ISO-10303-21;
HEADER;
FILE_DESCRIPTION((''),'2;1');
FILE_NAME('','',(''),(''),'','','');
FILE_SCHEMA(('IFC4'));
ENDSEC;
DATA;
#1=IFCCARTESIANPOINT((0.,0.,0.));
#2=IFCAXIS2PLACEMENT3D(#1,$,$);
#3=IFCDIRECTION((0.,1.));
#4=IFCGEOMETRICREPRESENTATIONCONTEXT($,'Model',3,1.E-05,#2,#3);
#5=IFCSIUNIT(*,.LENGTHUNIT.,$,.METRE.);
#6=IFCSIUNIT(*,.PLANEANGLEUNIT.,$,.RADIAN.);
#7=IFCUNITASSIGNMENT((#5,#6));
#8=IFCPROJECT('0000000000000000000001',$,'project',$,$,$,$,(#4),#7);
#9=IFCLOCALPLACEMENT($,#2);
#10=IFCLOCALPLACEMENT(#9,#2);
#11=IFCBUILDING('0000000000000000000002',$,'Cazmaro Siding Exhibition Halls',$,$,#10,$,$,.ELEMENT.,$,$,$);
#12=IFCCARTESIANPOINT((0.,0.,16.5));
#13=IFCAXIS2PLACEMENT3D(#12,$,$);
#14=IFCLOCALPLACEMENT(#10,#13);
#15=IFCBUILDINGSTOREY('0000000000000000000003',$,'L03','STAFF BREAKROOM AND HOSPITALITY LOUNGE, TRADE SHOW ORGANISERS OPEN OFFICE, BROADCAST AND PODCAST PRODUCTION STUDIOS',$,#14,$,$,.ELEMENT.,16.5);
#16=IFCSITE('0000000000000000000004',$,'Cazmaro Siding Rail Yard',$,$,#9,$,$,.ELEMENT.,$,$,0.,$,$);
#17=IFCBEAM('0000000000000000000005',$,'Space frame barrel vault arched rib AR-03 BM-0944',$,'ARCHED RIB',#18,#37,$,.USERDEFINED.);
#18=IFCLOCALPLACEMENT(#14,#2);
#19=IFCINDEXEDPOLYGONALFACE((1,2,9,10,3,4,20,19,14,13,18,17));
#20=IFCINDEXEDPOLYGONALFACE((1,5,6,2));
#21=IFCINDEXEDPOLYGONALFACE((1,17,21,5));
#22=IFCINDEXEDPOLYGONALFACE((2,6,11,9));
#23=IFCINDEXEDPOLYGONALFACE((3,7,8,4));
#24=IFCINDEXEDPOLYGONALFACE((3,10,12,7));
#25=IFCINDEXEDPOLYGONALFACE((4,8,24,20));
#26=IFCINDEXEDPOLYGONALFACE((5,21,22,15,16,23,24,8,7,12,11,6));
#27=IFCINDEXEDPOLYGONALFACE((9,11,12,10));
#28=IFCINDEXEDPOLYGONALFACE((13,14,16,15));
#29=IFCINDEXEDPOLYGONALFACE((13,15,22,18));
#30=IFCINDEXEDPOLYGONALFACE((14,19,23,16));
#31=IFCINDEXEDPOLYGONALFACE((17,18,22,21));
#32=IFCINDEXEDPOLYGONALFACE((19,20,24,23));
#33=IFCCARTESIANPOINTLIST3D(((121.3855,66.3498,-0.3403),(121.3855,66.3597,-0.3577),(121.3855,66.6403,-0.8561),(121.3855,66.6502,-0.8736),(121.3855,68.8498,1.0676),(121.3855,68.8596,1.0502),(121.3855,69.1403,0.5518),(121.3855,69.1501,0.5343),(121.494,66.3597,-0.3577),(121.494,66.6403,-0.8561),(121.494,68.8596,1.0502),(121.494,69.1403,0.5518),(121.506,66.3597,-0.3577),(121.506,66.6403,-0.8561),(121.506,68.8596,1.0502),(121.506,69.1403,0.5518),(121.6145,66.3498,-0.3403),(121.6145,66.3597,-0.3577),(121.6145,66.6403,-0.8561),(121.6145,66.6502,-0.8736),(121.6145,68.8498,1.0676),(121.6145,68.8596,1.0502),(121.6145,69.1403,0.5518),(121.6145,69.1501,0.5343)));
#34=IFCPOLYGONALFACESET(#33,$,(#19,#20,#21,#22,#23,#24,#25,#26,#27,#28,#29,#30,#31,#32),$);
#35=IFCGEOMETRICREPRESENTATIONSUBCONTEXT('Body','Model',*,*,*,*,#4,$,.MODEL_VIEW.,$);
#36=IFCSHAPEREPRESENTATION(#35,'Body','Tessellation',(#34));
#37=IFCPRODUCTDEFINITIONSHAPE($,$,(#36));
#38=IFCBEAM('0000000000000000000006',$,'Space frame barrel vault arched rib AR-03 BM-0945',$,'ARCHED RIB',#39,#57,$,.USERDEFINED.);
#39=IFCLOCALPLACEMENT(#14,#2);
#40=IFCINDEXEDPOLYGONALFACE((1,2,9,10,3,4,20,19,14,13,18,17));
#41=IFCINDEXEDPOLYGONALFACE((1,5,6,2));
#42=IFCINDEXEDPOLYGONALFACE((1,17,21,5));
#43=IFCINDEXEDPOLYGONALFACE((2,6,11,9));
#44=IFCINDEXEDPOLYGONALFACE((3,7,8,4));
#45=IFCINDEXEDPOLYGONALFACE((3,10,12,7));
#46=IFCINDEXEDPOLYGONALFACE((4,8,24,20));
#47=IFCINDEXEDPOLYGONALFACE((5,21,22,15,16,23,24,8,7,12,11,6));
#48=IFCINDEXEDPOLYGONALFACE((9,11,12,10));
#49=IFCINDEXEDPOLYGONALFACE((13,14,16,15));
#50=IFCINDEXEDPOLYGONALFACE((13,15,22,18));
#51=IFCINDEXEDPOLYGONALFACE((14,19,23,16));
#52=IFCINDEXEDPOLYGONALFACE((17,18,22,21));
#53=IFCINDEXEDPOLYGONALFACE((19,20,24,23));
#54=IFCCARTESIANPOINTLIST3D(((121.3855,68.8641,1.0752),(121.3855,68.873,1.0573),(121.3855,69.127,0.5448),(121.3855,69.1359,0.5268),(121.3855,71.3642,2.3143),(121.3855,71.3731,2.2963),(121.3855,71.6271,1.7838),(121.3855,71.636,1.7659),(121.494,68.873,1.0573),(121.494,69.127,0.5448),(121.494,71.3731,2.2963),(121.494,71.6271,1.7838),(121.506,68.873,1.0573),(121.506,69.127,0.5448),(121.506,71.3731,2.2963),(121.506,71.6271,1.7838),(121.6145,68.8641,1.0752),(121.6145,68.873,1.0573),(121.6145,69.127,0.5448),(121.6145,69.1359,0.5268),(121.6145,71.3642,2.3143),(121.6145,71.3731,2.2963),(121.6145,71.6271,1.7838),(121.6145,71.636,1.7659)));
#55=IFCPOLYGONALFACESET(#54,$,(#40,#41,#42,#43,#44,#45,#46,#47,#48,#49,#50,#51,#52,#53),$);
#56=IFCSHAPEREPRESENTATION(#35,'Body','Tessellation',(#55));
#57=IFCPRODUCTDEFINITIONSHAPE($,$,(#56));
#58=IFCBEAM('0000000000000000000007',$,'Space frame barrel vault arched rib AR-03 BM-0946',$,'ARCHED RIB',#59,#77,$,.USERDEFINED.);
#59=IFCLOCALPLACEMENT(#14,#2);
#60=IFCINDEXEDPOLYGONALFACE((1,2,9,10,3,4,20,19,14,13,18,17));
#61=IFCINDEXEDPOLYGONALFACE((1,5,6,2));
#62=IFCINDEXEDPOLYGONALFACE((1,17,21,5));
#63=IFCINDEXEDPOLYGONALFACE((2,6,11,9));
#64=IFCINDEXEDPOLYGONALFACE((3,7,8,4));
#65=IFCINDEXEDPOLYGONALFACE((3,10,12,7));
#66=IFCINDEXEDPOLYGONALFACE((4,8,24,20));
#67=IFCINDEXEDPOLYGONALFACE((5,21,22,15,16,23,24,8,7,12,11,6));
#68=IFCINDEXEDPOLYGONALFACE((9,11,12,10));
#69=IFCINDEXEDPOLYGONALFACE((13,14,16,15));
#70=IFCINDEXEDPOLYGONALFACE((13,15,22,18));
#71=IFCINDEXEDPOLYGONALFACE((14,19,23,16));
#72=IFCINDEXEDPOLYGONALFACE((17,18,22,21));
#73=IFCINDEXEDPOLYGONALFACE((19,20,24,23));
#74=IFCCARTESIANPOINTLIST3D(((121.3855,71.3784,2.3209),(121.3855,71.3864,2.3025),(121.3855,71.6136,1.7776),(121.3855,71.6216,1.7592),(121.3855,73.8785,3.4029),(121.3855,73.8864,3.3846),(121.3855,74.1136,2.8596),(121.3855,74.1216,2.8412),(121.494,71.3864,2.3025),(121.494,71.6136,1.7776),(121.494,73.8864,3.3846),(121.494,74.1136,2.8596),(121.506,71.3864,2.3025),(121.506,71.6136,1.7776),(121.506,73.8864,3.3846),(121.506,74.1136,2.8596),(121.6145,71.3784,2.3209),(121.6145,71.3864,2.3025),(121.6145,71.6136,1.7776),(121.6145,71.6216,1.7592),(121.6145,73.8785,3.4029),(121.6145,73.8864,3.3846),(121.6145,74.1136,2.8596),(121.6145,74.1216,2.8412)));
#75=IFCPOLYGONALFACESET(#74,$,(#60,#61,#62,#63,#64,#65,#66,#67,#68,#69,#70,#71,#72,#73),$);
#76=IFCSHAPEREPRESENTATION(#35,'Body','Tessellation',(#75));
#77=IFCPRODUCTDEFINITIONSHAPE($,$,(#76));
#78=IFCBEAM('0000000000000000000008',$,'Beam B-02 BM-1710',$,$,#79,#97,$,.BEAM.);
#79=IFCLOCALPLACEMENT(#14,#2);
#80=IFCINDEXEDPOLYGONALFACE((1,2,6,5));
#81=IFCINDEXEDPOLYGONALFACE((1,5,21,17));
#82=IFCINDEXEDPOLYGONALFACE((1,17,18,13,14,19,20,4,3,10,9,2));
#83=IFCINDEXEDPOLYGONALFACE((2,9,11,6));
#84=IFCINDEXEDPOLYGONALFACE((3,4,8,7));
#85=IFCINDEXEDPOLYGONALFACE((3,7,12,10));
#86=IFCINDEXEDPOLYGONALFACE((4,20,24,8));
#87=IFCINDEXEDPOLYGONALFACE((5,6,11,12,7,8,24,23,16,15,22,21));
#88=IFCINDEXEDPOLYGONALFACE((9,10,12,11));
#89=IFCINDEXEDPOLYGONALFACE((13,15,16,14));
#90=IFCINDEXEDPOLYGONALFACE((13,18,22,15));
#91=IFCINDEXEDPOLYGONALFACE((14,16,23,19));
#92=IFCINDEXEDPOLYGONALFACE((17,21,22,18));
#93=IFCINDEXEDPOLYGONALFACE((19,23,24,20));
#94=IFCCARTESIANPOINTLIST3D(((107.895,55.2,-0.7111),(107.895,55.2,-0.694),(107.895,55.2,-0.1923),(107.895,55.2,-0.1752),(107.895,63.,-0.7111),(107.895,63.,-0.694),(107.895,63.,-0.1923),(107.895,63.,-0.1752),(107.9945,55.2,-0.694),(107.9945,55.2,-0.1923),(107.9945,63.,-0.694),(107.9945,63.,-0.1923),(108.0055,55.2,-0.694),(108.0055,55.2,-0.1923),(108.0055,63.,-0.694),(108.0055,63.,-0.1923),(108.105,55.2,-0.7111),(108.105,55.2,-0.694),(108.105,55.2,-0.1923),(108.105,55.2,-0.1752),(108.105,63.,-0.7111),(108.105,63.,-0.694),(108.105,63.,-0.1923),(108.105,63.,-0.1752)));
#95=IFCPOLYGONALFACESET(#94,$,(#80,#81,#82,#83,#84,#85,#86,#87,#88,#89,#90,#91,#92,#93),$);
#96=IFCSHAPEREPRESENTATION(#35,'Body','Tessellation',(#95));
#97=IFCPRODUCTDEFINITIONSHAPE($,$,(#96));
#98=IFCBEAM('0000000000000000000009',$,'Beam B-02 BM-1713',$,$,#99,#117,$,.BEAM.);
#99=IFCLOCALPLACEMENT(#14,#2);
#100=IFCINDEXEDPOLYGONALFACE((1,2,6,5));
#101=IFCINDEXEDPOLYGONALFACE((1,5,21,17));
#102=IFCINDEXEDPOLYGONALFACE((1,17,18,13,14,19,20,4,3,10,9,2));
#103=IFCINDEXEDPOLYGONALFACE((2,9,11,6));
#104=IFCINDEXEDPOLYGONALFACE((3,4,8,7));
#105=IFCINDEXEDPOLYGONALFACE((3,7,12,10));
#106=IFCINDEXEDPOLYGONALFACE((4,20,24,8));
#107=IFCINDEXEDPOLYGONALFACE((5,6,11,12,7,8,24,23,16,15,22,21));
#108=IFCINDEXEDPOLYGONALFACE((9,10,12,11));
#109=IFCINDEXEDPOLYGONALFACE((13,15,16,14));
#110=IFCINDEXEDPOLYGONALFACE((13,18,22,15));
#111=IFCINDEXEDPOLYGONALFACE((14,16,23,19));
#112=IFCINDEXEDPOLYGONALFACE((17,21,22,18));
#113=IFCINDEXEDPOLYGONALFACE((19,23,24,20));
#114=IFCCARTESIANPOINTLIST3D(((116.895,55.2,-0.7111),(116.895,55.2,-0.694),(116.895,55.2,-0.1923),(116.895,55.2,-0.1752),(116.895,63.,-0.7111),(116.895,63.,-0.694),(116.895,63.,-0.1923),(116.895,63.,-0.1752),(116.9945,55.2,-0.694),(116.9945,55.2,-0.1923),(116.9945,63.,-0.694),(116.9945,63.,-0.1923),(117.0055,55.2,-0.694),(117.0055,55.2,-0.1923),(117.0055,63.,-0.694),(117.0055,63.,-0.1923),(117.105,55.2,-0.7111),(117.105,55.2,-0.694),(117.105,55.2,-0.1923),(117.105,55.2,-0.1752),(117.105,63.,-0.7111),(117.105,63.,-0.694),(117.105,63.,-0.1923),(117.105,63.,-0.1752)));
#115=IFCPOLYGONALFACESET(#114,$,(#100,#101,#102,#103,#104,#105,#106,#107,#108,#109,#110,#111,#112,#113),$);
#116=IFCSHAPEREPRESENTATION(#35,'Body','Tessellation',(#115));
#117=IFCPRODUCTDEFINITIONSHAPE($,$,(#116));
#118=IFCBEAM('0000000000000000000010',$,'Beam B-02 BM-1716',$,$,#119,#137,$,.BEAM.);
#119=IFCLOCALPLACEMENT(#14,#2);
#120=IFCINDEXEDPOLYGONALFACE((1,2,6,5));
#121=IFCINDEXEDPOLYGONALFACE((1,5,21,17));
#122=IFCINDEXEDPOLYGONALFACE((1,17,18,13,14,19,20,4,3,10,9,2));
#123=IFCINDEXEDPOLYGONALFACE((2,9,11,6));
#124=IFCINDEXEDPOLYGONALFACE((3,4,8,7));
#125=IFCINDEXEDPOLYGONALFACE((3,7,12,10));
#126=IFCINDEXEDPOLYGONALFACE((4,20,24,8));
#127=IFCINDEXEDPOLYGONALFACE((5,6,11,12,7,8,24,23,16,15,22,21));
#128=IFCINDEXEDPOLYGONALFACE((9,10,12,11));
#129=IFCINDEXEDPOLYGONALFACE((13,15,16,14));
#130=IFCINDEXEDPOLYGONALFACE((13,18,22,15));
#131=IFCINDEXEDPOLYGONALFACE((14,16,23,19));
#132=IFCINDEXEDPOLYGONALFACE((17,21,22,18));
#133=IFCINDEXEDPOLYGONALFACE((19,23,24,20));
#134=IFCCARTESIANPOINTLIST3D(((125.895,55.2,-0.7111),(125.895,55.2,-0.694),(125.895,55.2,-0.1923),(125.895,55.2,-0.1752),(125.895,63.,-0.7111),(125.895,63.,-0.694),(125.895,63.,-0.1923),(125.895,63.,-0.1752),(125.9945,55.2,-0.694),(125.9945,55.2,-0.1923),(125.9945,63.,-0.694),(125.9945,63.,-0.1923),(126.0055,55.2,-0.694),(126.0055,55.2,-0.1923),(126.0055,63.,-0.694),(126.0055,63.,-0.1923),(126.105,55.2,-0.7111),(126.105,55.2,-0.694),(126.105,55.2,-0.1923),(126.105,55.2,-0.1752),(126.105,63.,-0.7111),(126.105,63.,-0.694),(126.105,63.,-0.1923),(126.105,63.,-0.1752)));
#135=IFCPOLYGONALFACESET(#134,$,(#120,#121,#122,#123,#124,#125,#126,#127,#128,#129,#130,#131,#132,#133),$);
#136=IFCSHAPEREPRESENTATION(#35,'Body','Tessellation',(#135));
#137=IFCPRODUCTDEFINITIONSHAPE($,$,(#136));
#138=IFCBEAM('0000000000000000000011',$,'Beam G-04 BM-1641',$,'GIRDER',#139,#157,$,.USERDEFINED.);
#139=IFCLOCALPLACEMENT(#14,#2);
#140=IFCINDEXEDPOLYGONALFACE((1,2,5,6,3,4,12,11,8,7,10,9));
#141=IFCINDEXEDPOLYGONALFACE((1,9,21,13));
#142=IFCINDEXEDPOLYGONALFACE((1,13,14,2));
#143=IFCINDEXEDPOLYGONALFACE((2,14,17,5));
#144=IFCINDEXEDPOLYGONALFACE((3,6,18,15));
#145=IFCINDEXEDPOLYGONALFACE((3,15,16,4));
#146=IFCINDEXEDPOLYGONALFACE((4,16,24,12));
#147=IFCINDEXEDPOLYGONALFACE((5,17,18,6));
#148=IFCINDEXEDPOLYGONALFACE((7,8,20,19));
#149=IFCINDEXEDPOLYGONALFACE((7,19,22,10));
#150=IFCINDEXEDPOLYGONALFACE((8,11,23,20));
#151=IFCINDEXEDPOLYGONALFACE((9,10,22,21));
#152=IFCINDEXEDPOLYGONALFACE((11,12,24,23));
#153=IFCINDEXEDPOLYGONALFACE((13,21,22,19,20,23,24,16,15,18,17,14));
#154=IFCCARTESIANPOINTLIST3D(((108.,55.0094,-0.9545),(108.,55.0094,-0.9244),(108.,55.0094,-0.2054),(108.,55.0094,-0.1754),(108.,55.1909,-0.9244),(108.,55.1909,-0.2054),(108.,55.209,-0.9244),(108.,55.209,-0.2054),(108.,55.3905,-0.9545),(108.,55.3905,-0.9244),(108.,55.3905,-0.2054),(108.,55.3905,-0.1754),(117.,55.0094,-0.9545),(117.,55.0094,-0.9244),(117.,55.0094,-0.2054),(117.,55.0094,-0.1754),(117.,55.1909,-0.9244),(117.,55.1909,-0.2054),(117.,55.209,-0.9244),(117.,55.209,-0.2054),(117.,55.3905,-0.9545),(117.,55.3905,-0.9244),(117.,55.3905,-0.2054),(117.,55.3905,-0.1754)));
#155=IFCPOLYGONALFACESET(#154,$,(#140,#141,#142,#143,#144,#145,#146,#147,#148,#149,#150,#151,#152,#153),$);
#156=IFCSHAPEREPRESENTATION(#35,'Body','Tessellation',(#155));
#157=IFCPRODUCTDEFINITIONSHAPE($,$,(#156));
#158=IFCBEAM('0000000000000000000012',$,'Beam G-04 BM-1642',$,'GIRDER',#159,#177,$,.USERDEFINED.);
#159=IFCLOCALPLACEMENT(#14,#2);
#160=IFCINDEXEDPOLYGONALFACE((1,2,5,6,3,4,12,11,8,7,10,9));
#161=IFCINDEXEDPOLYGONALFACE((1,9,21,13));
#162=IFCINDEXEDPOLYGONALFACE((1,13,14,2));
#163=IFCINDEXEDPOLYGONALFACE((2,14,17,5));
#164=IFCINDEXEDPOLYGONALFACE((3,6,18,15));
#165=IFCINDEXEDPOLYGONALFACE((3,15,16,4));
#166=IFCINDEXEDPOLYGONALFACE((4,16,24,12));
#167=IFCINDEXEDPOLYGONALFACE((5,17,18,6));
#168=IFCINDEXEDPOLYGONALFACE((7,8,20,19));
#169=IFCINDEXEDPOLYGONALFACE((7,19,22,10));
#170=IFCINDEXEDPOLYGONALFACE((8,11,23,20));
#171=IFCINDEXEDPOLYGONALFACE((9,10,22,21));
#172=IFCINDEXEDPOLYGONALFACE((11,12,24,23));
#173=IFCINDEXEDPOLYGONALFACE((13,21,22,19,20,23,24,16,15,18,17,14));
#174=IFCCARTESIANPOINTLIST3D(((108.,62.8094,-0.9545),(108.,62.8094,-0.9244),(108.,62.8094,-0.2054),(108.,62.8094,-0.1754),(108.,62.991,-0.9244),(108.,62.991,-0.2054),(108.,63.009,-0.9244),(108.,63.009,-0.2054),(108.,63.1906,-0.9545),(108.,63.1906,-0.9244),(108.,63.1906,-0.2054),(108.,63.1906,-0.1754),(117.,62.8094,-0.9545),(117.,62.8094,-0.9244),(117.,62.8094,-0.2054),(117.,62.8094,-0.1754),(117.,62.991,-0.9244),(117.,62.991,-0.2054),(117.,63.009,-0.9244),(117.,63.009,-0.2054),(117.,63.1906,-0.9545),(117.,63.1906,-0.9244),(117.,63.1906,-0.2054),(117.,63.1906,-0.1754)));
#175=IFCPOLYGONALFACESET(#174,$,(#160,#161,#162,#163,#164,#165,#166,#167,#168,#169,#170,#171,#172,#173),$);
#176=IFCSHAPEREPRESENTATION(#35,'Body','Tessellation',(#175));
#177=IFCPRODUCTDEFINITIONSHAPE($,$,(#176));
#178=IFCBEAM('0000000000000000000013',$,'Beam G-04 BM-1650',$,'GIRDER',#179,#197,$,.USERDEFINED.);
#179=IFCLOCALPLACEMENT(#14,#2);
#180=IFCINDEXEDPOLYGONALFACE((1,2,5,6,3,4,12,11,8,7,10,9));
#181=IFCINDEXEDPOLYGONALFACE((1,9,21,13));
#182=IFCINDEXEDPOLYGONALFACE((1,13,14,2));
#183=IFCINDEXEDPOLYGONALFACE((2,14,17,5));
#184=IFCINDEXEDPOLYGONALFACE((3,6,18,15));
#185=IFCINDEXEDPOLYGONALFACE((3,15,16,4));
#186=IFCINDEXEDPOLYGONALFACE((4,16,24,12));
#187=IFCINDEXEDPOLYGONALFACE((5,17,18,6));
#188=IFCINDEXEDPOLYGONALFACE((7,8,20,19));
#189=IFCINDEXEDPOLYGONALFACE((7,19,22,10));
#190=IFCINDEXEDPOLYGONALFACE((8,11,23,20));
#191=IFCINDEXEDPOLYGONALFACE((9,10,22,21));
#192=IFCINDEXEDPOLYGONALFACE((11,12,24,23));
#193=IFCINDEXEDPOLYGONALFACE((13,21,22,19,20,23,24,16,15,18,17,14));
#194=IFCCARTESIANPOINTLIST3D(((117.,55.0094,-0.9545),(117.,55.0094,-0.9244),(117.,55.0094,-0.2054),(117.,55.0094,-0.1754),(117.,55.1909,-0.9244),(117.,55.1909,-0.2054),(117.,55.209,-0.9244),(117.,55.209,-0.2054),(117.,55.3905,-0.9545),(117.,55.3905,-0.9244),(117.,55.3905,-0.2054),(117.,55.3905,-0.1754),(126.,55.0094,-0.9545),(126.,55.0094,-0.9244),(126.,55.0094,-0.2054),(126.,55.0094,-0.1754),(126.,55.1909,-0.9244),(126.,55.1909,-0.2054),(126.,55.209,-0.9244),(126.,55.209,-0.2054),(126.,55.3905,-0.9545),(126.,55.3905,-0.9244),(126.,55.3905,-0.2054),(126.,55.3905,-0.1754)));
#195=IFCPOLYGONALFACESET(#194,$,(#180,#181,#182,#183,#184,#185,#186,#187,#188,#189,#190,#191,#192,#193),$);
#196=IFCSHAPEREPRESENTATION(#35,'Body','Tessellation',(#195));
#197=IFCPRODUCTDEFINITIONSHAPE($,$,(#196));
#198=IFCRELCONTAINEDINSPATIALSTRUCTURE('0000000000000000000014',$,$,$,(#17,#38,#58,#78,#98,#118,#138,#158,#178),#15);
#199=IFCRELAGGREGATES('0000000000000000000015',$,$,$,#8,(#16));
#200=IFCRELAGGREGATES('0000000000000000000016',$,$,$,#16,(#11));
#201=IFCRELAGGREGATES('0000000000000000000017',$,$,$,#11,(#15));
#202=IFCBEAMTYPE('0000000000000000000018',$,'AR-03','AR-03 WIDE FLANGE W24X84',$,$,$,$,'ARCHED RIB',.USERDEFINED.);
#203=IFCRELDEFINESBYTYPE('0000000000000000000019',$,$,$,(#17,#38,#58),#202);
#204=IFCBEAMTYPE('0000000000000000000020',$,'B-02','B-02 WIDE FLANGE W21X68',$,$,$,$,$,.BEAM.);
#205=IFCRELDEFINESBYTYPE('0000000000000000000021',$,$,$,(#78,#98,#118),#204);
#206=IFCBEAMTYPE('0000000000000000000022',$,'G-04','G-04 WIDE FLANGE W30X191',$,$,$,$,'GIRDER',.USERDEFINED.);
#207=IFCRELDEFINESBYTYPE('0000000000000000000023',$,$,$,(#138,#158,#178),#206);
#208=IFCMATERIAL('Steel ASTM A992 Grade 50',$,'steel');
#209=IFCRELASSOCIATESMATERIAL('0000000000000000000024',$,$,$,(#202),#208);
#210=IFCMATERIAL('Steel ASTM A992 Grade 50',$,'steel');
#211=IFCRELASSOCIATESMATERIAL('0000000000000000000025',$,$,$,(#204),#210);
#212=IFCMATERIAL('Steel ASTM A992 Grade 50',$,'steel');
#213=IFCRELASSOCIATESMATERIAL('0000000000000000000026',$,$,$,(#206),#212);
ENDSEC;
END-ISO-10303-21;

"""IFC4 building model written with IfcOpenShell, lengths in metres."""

from ifc_helpers import new_model, si_unit, direction, frame, origin, origin_2d, place, context, subcontext, project, spatial, i_section, extrude, material, material_profile, profile_set, type_object, element, save


model = new_model("IFC4")

# Units and contexts
model_context = context("Model", 3, precision=1e-05, world=origin(), true_north=direction((0.0, 1.0)))
body_context = subcontext(model_context, "Body", "Model", "MODEL_VIEW")
ifc_project = project(units=[si_unit("LENGTHUNIT", "METRE"), si_unit("PLANEANGLEUNIT", "RADIAN")], contexts=[model_context])

# Site, building, storey
site_placement = place(None, origin())
site = spatial("IfcSite", under=ifc_project, at=site_placement, Name="Cazmaro Siding Rail Yard", CompositionType="ELEMENT", RefElevation=0.0)
building_placement = place(site_placement, origin())
building = spatial("IfcBuilding", under=site, at=building_placement, Name="Cazmaro Siding Exhibition Halls", CompositionType="ELEMENT")
storey_placement = place(building_placement, frame((0.0, 0.0, 16.5)))
storey = spatial("IfcBuildingStorey", under=building, at=storey_placement, Name="L03", Description="STAFF BREAKROOM AND HOSPITALITY LOUNGE, TRADE SHOW ORGANISERS OPEN OFFICE, BROADCAST AND PODCAST PRODUCTION STUDIOS", CompositionType="ELEMENT", Elevation=16.5)

# Beams
ifc_material_1 = material(Name="Steel ASTM A992 Grade 50", Category="steel")
ifc_material_profile_1 = material_profile(ifc_material_1, i_section(OverallWidth=0.229, OverallDepth=0.6121, WebThickness=0.012, FlangeThickness=0.02, at=origin_2d()), Name="W24X84")
ifc_profile_set_1 = profile_set([ifc_material_profile_1], Name="Steel ASTM A992 Grade 50")
beam_type_1 = type_object("IfcBeamType", Name="AR-03", Description="AR-03 WIDE FLANGE W24X84", ElementType="ARCHED RIB", PredefinedType="USERDEFINED", material=ifc_profile_set_1)
beam_1_placement = place(storey_placement, frame((121.5, 66.5, -0.6069), z_axis=(0.0, 0.871321, 0.490714), x_axis=(-1.0, 0.0, 0.0)))
element("IfcBeam", 1, at=beam_1_placement, inside=storey, type_object=beam_type_1, Name="Space frame barrel vault arched rib AR-03 BM-0944", ObjectType="ARCHED RIB", PredefinedType="USERDEFINED", context=body_context, shape_type="SweptSolid", body=[
    extrude(i_section(OverallWidth=0.229, OverallDepth=0.6121, WebThickness=0.012, FlangeThickness=0.02, at=origin_2d()), origin(), (0.0, 0.0, 1.0), 2.8691),
])
beam_2_placement = place(storey_placement, frame((121.5, 69.0, 0.801), z_axis=(0.0, 0.895997, 0.444061), x_axis=(-1.0, 0.0, 0.0)))
element("IfcBeam", 2, at=beam_2_placement, inside=storey, type_object=beam_type_1, Name="Space frame barrel vault arched rib AR-03 BM-0945", ObjectType="ARCHED RIB", PredefinedType="USERDEFINED", context=body_context, shape_type="SweptSolid", body=[
    extrude(i_section(OverallWidth=0.229, OverallDepth=0.6121, WebThickness=0.012, FlangeThickness=0.02, at=origin_2d()), origin(), (0.0, 0.0, 1.0), 2.7903),
])
beam_3_placement = place(storey_placement, frame((121.5, 71.5, 2.04), z_axis=(0.0, 0.91773, 0.397205), x_axis=(-1.0, 0.0, 0.0)))
element("IfcBeam", 3, at=beam_3_placement, inside=storey, type_object=beam_type_1, Name="Space frame barrel vault arched rib AR-03 BM-0946", ObjectType="ARCHED RIB", PredefinedType="USERDEFINED", context=body_context, shape_type="SweptSolid", body=[
    extrude(i_section(OverallWidth=0.229, OverallDepth=0.6121, WebThickness=0.012, FlangeThickness=0.02, at=origin_2d()), origin(), (0.0, 0.0, 1.0), 2.7241),
])
ifc_material_2 = material(Name="Steel ASTM A992 Grade 50", Category="steel")
ifc_material_profile_2 = material_profile(ifc_material_2, i_section(OverallWidth=0.21, OverallDepth=0.5359, WebThickness=0.011, FlangeThickness=0.0171, at=origin_2d()), Name="W21X68")
ifc_profile_set_2 = profile_set([ifc_material_profile_2], Name="Steel ASTM A992 Grade 50")
beam_type_2 = type_object("IfcBeamType", Name="B-02", Description="B-02 WIDE FLANGE W21X68", PredefinedType="BEAM", material=ifc_profile_set_2)
for number, where, z_axis, x_axis, name in (
    (4, (108.0, 55.2, -0.4431), (0.0, 1.0, 0.0), (-1.0, 0.0, 0.0), "Beam B-02 BM-1710"),
    (5, (117.0, 55.2, -0.4431), (0.0, 1.0, 0.0), (-1.0, 0.0, 0.0), "Beam B-02 BM-1713"),
    (6, (126.0, 55.2, -0.4431), (0.0, 1.0, 0.0), (-1.0, 0.0, 0.0), "Beam B-02 BM-1716"),
):
    element("IfcBeam", number, at=place(storey_placement, frame(where, z_axis=z_axis, x_axis=x_axis)), inside=storey, type_object=beam_type_2, Name=name, PredefinedType="BEAM", context=body_context, shape_type="SweptSolid", body=[
        extrude(i_section(OverallWidth=0.21, OverallDepth=0.5359, WebThickness=0.011, FlangeThickness=0.0171, at=origin_2d()), origin(), (0.0, 0.0, 1.0), 7.8),
    ])
ifc_material_3 = material(Name="Steel ASTM A992 Grade 50", Category="steel")
ifc_material_profile_3 = material_profile(ifc_material_3, i_section(OverallWidth=0.3811, OverallDepth=0.7791, WebThickness=0.0181, FlangeThickness=0.03, at=origin_2d()), Name="W30X191")
ifc_profile_set_3 = profile_set([ifc_material_profile_3], Name="Steel ASTM A992 Grade 50")
beam_type_3 = type_object("IfcBeamType", Name="G-04", Description="G-04 WIDE FLANGE W30X191", ElementType="GIRDER", PredefinedType="USERDEFINED", material=ifc_profile_set_3)
for number, where, z_axis, x_axis, name in (
    (7, (108.0, 55.2, -0.5649), (1.0, 0.0, 0.0), (0.0, 1.0, 0.0), "Beam G-04 BM-1641"),
    (8, (108.0, 63.0, -0.5649), (1.0, 0.0, 0.0), (0.0, 1.0, 0.0), "Beam G-04 BM-1642"),
    (9, (117.0, 55.2, -0.5649), (1.0, 0.0, 0.0), (0.0, 1.0, 0.0), "Beam G-04 BM-1650"),
):
    element("IfcBeam", number, at=place(storey_placement, frame(where, z_axis=z_axis, x_axis=x_axis)), inside=storey, type_object=beam_type_3, Name=name, ObjectType="GIRDER", PredefinedType="USERDEFINED", context=body_context, shape_type="SweptSolid", body=[
        extrude(i_section(OverallWidth=0.3811, OverallDepth=0.7791, WebThickness=0.0181, FlangeThickness=0.03, at=origin_2d()), origin(), (0.0, 0.0, 1.0), 9.0),
    ])

save(model, "model.ifc")
